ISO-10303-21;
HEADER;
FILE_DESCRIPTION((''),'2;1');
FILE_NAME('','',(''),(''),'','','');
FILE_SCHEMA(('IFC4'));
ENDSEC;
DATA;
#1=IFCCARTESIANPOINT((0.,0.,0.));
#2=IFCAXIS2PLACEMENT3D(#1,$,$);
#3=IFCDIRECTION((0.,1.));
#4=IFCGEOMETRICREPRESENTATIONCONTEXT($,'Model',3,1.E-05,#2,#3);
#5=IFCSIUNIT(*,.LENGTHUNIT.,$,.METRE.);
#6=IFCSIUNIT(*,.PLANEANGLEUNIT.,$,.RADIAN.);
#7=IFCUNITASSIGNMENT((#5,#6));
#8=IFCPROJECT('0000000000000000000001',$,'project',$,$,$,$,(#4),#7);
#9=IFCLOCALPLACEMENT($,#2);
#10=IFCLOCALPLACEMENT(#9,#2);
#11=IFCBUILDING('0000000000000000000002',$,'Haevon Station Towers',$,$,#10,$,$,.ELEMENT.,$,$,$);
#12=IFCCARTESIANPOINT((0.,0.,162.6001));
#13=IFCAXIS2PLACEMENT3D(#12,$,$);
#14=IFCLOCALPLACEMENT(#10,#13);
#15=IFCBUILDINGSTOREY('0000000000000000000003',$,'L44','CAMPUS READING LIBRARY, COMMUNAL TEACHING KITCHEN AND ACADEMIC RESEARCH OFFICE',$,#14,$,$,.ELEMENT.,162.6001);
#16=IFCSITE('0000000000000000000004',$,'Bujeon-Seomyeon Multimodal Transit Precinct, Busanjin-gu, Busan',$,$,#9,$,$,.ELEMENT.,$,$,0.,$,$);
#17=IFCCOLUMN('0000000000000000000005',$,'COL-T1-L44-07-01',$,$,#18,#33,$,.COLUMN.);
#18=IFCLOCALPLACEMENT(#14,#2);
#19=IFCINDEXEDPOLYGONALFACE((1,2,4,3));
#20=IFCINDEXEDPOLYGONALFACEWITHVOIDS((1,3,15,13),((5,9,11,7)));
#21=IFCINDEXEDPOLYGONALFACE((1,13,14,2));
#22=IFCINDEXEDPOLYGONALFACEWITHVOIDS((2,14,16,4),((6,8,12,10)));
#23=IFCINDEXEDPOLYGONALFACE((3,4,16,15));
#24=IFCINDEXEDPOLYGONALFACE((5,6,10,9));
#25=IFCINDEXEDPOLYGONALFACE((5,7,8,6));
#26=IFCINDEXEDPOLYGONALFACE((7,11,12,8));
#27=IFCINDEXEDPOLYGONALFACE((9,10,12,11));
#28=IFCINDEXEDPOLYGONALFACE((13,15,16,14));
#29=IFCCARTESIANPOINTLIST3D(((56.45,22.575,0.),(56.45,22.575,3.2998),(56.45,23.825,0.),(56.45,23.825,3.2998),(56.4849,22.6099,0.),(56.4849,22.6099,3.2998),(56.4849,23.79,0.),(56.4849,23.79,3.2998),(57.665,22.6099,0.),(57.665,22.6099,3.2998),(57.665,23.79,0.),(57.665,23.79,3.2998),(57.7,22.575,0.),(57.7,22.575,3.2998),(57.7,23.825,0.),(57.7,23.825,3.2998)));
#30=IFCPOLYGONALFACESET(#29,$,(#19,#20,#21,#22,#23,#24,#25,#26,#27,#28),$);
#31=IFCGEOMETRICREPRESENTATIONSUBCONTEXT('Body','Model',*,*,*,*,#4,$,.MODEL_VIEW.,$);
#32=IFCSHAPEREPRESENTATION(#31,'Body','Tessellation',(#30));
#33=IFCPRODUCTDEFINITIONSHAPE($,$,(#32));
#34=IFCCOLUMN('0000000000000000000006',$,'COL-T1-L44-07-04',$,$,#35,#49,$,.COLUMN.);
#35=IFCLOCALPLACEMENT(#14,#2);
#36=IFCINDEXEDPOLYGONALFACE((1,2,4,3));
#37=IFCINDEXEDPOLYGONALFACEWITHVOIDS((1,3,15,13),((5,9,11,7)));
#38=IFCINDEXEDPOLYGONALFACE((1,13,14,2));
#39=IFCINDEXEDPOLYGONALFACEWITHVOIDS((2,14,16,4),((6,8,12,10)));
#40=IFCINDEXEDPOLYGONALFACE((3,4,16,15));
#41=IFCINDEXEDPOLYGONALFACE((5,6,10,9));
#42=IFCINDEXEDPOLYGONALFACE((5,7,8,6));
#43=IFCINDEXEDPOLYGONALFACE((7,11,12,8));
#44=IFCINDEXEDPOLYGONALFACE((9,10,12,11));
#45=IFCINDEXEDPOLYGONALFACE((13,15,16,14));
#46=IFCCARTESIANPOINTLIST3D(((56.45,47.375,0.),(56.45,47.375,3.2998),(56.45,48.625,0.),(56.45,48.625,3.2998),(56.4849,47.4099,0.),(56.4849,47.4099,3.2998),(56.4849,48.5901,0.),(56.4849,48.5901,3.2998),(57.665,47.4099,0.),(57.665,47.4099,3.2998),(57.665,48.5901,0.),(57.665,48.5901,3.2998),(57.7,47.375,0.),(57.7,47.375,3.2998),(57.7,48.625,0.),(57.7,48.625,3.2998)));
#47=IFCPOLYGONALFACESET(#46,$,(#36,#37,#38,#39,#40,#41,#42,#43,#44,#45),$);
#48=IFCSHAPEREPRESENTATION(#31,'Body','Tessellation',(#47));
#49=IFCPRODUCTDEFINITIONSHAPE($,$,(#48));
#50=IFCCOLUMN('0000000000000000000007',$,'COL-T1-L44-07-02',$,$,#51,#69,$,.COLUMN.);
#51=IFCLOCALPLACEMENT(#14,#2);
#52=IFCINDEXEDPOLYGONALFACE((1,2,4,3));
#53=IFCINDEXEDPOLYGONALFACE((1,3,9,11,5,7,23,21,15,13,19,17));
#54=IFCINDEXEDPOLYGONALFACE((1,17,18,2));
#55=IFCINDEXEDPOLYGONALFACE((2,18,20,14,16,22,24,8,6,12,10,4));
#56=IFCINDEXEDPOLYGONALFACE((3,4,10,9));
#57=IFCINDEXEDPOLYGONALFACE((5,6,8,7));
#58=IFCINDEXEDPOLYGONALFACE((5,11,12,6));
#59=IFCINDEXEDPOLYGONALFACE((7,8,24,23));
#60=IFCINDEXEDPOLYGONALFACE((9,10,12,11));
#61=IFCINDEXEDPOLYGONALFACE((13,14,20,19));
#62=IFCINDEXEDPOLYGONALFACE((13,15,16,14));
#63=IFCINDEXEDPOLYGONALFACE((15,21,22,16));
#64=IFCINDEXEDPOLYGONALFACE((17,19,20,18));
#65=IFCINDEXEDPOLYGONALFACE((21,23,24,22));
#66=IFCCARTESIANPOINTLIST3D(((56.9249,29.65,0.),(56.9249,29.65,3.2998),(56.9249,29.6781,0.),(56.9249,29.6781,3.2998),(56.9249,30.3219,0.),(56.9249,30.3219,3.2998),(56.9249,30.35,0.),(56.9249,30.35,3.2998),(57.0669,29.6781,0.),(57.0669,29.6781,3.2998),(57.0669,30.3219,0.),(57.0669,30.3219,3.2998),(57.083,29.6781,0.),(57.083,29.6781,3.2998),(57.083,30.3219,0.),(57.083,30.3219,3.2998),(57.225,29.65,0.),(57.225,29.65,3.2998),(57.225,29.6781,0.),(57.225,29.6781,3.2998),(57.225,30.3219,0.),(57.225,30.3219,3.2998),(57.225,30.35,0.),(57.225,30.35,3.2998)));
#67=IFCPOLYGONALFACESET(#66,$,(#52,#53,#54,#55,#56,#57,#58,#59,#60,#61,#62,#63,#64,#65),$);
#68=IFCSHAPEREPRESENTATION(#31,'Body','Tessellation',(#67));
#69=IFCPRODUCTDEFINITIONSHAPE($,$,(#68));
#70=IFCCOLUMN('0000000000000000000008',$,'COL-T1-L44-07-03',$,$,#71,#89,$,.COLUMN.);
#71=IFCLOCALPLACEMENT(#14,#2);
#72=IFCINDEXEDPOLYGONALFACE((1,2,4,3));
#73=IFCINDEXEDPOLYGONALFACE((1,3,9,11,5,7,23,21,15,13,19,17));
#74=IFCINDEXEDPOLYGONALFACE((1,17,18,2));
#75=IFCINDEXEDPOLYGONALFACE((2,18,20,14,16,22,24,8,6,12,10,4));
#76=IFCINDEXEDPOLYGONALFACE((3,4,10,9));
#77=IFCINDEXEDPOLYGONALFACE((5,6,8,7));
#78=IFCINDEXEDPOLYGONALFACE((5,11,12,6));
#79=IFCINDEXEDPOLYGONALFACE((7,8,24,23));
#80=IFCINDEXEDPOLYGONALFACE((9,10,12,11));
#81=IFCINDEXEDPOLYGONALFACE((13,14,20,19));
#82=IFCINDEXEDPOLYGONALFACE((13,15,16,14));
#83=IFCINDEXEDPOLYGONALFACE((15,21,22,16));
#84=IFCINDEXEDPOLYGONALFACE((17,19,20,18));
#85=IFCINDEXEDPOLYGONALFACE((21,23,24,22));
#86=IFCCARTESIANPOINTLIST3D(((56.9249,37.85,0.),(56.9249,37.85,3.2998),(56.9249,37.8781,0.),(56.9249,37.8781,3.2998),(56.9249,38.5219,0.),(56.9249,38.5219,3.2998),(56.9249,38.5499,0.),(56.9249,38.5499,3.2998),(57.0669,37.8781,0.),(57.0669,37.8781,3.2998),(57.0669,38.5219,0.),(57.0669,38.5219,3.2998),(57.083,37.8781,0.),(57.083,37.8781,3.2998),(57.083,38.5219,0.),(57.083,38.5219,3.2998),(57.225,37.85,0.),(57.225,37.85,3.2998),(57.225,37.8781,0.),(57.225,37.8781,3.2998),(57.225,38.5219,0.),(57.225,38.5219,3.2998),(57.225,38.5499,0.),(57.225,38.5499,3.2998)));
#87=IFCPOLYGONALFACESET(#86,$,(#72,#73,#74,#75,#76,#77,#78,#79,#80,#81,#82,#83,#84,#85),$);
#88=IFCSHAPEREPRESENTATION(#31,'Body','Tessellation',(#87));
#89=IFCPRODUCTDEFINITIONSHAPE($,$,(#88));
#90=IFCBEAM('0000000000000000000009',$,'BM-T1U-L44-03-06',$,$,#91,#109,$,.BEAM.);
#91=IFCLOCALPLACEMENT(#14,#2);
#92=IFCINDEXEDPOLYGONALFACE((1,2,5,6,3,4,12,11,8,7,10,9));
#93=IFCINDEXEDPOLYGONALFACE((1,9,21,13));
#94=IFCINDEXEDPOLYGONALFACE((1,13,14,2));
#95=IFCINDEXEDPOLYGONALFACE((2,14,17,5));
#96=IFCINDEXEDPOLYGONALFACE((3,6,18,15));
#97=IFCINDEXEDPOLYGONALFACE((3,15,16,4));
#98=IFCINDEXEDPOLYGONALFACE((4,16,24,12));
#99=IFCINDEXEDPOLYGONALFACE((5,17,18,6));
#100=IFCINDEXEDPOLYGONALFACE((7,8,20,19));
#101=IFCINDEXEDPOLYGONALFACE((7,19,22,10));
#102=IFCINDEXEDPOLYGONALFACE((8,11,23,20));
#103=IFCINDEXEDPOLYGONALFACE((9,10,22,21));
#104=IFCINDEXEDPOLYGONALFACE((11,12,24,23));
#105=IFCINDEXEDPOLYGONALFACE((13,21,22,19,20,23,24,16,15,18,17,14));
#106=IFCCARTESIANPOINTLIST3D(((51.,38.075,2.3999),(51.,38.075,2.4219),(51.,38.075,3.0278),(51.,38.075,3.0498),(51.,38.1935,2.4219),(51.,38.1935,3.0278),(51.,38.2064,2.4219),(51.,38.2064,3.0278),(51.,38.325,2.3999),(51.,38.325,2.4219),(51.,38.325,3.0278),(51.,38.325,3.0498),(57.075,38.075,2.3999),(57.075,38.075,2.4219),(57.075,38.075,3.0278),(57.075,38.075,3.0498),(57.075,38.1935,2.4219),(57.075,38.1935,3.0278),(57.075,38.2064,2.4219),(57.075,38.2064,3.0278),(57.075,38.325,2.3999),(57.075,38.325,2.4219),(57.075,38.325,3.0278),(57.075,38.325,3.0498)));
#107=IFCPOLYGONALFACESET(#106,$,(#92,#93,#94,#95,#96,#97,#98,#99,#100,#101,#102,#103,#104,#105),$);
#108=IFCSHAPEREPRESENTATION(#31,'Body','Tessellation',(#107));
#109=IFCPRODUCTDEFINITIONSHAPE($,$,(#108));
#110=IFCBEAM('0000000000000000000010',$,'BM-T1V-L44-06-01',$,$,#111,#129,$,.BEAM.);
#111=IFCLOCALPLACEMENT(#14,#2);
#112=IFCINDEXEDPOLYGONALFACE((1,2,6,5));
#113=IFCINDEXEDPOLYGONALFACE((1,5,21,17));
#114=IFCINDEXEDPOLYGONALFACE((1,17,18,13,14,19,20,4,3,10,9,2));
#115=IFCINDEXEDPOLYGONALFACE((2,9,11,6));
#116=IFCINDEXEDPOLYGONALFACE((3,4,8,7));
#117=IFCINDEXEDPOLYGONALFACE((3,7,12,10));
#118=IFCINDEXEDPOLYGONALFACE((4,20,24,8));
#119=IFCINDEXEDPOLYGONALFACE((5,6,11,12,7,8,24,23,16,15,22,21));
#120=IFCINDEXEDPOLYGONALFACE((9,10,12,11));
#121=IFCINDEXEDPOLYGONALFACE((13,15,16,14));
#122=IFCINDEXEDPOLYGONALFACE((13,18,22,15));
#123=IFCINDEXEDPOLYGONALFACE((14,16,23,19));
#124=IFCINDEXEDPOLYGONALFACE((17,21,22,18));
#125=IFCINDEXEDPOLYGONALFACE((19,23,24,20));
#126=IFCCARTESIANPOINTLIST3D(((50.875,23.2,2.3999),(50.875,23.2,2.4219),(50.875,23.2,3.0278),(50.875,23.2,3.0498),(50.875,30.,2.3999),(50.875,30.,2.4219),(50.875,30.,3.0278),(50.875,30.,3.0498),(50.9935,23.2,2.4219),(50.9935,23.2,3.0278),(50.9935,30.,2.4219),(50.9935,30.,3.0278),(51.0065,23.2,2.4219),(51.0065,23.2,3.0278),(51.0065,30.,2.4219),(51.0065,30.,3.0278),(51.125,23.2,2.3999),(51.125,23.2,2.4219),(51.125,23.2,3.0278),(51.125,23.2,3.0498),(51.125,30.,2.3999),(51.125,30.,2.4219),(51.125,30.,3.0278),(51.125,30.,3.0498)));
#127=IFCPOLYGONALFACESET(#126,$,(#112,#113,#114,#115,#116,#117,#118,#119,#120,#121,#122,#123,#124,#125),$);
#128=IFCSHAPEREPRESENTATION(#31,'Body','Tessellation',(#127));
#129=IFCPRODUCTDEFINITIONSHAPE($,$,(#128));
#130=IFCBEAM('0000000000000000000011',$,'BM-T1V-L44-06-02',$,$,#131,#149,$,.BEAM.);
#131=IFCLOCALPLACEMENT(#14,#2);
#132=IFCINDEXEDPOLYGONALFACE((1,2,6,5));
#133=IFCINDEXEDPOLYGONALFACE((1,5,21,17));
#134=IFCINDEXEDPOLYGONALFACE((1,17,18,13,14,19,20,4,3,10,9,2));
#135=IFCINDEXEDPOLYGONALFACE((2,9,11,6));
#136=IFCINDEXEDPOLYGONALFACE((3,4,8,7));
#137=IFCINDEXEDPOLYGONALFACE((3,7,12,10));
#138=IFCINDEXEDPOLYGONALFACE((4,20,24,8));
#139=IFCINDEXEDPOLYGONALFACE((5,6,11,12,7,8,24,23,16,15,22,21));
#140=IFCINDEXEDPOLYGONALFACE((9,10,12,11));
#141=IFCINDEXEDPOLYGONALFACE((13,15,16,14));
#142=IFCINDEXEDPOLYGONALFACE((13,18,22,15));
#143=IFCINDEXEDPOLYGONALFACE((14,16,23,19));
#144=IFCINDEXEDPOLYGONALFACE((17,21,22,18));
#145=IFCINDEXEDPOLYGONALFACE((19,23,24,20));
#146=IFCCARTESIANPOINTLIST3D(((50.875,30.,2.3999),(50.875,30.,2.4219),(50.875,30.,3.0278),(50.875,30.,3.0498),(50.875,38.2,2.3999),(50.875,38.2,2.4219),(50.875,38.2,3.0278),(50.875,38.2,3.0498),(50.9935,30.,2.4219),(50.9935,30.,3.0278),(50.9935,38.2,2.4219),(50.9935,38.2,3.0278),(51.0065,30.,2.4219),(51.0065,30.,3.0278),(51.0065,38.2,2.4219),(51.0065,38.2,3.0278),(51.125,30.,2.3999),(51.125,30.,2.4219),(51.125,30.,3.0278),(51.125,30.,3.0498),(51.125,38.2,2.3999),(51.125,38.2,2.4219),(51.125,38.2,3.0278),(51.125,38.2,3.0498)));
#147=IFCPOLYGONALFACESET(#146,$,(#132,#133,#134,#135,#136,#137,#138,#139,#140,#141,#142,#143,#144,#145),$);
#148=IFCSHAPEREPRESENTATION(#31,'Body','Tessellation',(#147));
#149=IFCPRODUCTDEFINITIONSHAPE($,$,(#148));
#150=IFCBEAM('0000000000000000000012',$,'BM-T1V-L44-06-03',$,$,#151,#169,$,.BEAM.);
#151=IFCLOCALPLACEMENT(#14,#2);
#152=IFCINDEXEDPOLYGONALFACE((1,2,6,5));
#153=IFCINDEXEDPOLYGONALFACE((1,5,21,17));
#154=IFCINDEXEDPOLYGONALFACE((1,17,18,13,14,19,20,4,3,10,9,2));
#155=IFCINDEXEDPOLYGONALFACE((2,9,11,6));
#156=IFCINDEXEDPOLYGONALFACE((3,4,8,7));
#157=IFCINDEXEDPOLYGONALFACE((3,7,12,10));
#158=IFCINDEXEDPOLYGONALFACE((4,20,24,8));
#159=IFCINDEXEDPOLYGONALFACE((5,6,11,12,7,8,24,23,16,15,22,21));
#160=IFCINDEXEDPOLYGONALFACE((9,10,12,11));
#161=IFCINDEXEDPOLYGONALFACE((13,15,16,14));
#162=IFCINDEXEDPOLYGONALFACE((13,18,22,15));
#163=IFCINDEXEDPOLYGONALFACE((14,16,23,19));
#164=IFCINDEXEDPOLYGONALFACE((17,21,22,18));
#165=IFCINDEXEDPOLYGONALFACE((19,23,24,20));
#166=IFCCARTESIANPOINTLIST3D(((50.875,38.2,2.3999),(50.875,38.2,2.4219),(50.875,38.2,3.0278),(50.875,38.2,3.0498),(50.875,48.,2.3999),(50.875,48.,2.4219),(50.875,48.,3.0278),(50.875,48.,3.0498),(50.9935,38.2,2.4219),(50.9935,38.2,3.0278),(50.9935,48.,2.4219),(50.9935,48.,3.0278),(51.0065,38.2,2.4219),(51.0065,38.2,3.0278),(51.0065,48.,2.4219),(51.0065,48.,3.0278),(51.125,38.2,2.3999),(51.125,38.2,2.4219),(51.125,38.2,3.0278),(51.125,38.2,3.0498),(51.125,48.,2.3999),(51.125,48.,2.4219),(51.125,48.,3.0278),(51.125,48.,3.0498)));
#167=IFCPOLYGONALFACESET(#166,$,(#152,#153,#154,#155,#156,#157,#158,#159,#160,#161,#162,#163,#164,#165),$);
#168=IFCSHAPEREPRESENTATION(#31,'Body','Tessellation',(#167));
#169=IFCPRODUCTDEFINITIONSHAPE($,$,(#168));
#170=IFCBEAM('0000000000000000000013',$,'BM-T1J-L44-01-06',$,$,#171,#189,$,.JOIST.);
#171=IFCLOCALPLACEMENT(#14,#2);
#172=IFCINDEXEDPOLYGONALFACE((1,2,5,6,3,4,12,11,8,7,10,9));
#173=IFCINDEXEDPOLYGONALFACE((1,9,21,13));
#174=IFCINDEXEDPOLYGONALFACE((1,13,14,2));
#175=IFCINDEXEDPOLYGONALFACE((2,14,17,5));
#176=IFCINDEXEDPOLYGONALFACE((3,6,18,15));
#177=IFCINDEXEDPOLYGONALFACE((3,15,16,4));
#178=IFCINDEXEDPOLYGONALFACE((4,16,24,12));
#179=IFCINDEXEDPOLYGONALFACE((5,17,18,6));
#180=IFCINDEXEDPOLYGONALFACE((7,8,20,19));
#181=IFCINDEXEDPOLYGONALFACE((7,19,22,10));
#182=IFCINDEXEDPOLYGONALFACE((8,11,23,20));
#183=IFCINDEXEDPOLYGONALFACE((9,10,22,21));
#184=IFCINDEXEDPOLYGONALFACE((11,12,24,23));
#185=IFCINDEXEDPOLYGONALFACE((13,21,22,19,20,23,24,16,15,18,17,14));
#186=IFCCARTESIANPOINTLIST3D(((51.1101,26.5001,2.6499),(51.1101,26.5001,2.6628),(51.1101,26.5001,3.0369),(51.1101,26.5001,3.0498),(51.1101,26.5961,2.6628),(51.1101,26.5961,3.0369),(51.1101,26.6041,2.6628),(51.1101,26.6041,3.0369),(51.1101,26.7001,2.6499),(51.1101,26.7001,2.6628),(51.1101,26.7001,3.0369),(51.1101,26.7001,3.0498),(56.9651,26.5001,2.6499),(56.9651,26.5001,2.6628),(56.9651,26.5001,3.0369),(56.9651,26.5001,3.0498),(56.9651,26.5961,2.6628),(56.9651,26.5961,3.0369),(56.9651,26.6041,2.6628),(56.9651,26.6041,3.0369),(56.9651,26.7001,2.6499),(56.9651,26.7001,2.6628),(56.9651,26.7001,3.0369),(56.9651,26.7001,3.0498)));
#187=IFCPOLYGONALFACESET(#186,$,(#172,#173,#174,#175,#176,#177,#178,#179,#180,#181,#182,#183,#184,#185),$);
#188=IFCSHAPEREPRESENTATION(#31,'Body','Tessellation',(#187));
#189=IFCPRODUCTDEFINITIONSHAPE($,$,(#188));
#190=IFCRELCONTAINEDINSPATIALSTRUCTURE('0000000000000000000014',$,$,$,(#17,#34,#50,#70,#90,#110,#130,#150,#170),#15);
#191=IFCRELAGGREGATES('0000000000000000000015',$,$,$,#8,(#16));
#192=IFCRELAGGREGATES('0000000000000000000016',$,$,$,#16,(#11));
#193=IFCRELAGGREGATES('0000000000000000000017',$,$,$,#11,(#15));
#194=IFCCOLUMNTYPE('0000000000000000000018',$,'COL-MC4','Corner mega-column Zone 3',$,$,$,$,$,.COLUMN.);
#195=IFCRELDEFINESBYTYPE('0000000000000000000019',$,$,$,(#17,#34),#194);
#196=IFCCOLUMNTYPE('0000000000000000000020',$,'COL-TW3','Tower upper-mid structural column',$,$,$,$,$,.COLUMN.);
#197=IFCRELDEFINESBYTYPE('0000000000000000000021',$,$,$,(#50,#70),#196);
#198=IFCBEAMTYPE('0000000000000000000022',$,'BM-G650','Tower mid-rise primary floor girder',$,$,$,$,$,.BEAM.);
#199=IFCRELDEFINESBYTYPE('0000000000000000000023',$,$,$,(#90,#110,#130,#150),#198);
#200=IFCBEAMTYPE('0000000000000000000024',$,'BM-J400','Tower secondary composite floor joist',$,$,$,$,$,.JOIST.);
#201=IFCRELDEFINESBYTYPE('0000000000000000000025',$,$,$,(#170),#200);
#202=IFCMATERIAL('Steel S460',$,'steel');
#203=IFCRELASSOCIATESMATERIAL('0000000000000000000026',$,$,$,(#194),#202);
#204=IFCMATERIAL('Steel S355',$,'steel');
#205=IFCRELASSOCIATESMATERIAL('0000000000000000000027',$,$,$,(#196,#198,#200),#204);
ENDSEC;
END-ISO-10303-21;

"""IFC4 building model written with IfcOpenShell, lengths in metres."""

from ifc_helpers import new_model, si_unit, direction, frame, origin, origin_2d, place, context, subcontext, project, spatial, hollow_rectangle, i_section, extrude, material, material_profile, profile_set, type_object, element, save


model = new_model("IFC4")

# Units and contexts
model_context = context("Model", 3, precision=1e-05, world=origin(), true_north=direction((0.0, 1.0)))
body_context = subcontext(model_context, "Body", "Model", "MODEL_VIEW")
ifc_project = project(units=[si_unit("LENGTHUNIT", "METRE"), si_unit("PLANEANGLEUNIT", "RADIAN")], contexts=[model_context])

# Site, building, storey
site_placement = place(None, origin())
site = spatial("IfcSite", under=ifc_project, at=site_placement, Name="Bujeon-Seomyeon Multimodal Transit Precinct, Busanjin-gu, Busan", CompositionType="ELEMENT", RefElevation=0.0)
building_placement = place(site_placement, origin())
building = spatial("IfcBuilding", under=site, at=building_placement, Name="Haevon Station Towers", CompositionType="ELEMENT")
storey_placement = place(building_placement, frame((0.0, 0.0, 162.6001)))
storey = spatial("IfcBuildingStorey", under=building, at=storey_placement, Name="L44", Description="CAMPUS READING LIBRARY, COMMUNAL TEACHING KITCHEN AND ACADEMIC RESEARCH OFFICE", CompositionType="ELEMENT", Elevation=162.6001)

# Columns
ifc_material_1 = material(Name="Steel S460", Category="steel")
ifc_material_profile_1 = material_profile(ifc_material_1, hollow_rectangle(XDim=1.25, YDim=1.25, WallThickness=0.0349, at=origin_2d()), Name="BOX-1250x1250x35")
ifc_profile_set_1 = profile_set([ifc_material_profile_1], Name="Steel S460")
column_type_1 = type_object("IfcColumnType", Name="COL-MC4", Description="Corner mega-column Zone 3", PredefinedType="COLUMN", material=ifc_profile_set_1)
for number, where, z_axis, x_axis, name in (
    (1, (57.075, 23.2, 0.0), (0.0, 0.0, 1.0), (1.0, 0.0, 0.0), "COL-T1-L44-07-01"),
    (2, (57.075, 48.0, 0.0), (0.0, 0.0, 1.0), (1.0, 0.0, 0.0), "COL-T1-L44-07-04"),
):
    element("IfcColumn", number, at=place(storey_placement, frame(where, z_axis=z_axis, x_axis=x_axis)), inside=storey, type_object=column_type_1, Name=name, PredefinedType="COLUMN", context=body_context, shape_type="SweptSolid", body=[
        extrude(hollow_rectangle(XDim=1.25, YDim=1.25, WallThickness=0.0349, at=origin_2d()), origin(), (0.0, 0.0, 1.0), 3.2998),
    ])
ifc_material_2 = material(Name="Steel S355", Category="steel")
ifc_material_profile_2 = material_profile(ifc_material_2, i_section(OverallWidth=0.3, OverallDepth=0.7, WebThickness=0.0161, FlangeThickness=0.0281, at=origin_2d()), Name="H-700x300x16x28")
ifc_profile_set_2 = profile_set([ifc_material_profile_2], Name="Steel S355")
column_type_2 = type_object("IfcColumnType", Name="COL-TW3", Description="Tower upper-mid structural column", PredefinedType="COLUMN", material=ifc_profile_set_2)
for number, where, z_axis, x_axis, name in (
    (3, (57.075, 30.0, 0.0), (0.0, 0.0, 1.0), (1.0, 0.0, 0.0), "COL-T1-L44-07-02"),
    (4, (57.075, 38.2, 0.0), (0.0, 0.0, 1.0), (1.0, 0.0, 0.0), "COL-T1-L44-07-03"),
):
    element("IfcColumn", number, at=place(storey_placement, frame(where, z_axis=z_axis, x_axis=x_axis)), inside=storey, type_object=column_type_2, Name=name, PredefinedType="COLUMN", context=body_context, shape_type="SweptSolid", body=[
        extrude(i_section(OverallWidth=0.3, OverallDepth=0.7, WebThickness=0.0161, FlangeThickness=0.0281, at=origin_2d()), origin(), (0.0, 0.0, 1.0), 3.2998),
    ])

# Beams
ifc_material_profile_3 = material_profile(ifc_material_2, i_section(OverallWidth=0.25, OverallDepth=0.6499, WebThickness=0.0129, FlangeThickness=0.022, at=origin_2d()), Name="H-650x250x13x22")
ifc_profile_set_3 = profile_set([ifc_material_profile_3], Name="Steel S355")
beam_type_1 = type_object("IfcBeamType", Name="BM-G650", Description="Tower mid-rise primary floor girder", PredefinedType="BEAM", material=ifc_profile_set_3)
beam_1_placement = place(storey_placement, frame((51.0, 38.2, 2.7249), z_axis=(1.0, 0.0, 0.0), x_axis=(0.0, 1.0, 0.0)))
element("IfcBeam", 5, at=beam_1_placement, inside=storey, type_object=beam_type_1, Name="BM-T1U-L44-03-06", PredefinedType="BEAM", context=body_context, shape_type="SweptSolid", body=[
    extrude(i_section(OverallWidth=0.25, OverallDepth=0.6499, WebThickness=0.0129, FlangeThickness=0.022, at=origin_2d()), origin(), (0.0, 0.0, 1.0), 6.075),
])
beam_2_placement = place(storey_placement, frame((51.0, 23.2, 2.7249), z_axis=(0.0, 1.0, 0.0), x_axis=(-1.0, 0.0, 0.0)))
element("IfcBeam", 6, at=beam_2_placement, inside=storey, type_object=beam_type_1, Name="BM-T1V-L44-06-01", PredefinedType="BEAM", context=body_context, shape_type="SweptSolid", body=[
    extrude(i_section(OverallWidth=0.25, OverallDepth=0.6499, WebThickness=0.0129, FlangeThickness=0.022, at=origin_2d()), origin(), (0.0, 0.0, 1.0), 6.8),
])
beam_3_placement = place(storey_placement, frame((51.0, 30.0, 2.7249), z_axis=(0.0, 1.0, 0.0), x_axis=(-1.0, 0.0, 0.0)))
element("IfcBeam", 7, at=beam_3_placement, inside=storey, type_object=beam_type_1, Name="BM-T1V-L44-06-02", PredefinedType="BEAM", context=body_context, shape_type="SweptSolid", body=[
    extrude(i_section(OverallWidth=0.25, OverallDepth=0.6499, WebThickness=0.0129, FlangeThickness=0.022, at=origin_2d()), origin(), (0.0, 0.0, 1.0), 8.2),
])
beam_4_placement = place(storey_placement, frame((51.0, 38.2, 2.7249), z_axis=(0.0, 1.0, 0.0), x_axis=(-1.0, 0.0, 0.0)))
element("IfcBeam", 8, at=beam_4_placement, inside=storey, type_object=beam_type_1, Name="BM-T1V-L44-06-03", PredefinedType="BEAM", context=body_context, shape_type="SweptSolid", body=[
    extrude(i_section(OverallWidth=0.25, OverallDepth=0.6499, WebThickness=0.0129, FlangeThickness=0.022, at=origin_2d()), origin(), (0.0, 0.0, 1.0), 9.8),
])
ifc_material_profile_4 = material_profile(ifc_material_2, i_section(OverallWidth=0.2, OverallDepth=0.3999, WebThickness=0.0081, FlangeThickness=0.0129, at=origin_2d()), Name="H-400x200x8x13")
ifc_profile_set_4 = profile_set([ifc_material_profile_4], Name="Steel S355")
beam_type_2 = type_object("IfcBeamType", Name="BM-J400", Description="Tower secondary composite floor joist", PredefinedType="JOIST", material=ifc_profile_set_4)
for number, where, z_axis, x_axis, name in (
    (9, (51.1101, 26.6001, 2.8499), (1.0, 0.0, 0.0), (0.0, 1.0, 0.0), "BM-T1J-L44-01-06"),
):
    element("IfcBeam", number, at=place(storey_placement, frame(where, z_axis=z_axis, x_axis=x_axis)), inside=storey, type_object=beam_type_2, Name=name, PredefinedType="JOIST", context=body_context, shape_type="SweptSolid", body=[
        extrude(i_section(OverallWidth=0.2, OverallDepth=0.3999, WebThickness=0.0081, FlangeThickness=0.0129, at=origin_2d()), origin(), (0.0, 0.0, 1.0), 5.855),
    ])

save(model, "model.ifc")
